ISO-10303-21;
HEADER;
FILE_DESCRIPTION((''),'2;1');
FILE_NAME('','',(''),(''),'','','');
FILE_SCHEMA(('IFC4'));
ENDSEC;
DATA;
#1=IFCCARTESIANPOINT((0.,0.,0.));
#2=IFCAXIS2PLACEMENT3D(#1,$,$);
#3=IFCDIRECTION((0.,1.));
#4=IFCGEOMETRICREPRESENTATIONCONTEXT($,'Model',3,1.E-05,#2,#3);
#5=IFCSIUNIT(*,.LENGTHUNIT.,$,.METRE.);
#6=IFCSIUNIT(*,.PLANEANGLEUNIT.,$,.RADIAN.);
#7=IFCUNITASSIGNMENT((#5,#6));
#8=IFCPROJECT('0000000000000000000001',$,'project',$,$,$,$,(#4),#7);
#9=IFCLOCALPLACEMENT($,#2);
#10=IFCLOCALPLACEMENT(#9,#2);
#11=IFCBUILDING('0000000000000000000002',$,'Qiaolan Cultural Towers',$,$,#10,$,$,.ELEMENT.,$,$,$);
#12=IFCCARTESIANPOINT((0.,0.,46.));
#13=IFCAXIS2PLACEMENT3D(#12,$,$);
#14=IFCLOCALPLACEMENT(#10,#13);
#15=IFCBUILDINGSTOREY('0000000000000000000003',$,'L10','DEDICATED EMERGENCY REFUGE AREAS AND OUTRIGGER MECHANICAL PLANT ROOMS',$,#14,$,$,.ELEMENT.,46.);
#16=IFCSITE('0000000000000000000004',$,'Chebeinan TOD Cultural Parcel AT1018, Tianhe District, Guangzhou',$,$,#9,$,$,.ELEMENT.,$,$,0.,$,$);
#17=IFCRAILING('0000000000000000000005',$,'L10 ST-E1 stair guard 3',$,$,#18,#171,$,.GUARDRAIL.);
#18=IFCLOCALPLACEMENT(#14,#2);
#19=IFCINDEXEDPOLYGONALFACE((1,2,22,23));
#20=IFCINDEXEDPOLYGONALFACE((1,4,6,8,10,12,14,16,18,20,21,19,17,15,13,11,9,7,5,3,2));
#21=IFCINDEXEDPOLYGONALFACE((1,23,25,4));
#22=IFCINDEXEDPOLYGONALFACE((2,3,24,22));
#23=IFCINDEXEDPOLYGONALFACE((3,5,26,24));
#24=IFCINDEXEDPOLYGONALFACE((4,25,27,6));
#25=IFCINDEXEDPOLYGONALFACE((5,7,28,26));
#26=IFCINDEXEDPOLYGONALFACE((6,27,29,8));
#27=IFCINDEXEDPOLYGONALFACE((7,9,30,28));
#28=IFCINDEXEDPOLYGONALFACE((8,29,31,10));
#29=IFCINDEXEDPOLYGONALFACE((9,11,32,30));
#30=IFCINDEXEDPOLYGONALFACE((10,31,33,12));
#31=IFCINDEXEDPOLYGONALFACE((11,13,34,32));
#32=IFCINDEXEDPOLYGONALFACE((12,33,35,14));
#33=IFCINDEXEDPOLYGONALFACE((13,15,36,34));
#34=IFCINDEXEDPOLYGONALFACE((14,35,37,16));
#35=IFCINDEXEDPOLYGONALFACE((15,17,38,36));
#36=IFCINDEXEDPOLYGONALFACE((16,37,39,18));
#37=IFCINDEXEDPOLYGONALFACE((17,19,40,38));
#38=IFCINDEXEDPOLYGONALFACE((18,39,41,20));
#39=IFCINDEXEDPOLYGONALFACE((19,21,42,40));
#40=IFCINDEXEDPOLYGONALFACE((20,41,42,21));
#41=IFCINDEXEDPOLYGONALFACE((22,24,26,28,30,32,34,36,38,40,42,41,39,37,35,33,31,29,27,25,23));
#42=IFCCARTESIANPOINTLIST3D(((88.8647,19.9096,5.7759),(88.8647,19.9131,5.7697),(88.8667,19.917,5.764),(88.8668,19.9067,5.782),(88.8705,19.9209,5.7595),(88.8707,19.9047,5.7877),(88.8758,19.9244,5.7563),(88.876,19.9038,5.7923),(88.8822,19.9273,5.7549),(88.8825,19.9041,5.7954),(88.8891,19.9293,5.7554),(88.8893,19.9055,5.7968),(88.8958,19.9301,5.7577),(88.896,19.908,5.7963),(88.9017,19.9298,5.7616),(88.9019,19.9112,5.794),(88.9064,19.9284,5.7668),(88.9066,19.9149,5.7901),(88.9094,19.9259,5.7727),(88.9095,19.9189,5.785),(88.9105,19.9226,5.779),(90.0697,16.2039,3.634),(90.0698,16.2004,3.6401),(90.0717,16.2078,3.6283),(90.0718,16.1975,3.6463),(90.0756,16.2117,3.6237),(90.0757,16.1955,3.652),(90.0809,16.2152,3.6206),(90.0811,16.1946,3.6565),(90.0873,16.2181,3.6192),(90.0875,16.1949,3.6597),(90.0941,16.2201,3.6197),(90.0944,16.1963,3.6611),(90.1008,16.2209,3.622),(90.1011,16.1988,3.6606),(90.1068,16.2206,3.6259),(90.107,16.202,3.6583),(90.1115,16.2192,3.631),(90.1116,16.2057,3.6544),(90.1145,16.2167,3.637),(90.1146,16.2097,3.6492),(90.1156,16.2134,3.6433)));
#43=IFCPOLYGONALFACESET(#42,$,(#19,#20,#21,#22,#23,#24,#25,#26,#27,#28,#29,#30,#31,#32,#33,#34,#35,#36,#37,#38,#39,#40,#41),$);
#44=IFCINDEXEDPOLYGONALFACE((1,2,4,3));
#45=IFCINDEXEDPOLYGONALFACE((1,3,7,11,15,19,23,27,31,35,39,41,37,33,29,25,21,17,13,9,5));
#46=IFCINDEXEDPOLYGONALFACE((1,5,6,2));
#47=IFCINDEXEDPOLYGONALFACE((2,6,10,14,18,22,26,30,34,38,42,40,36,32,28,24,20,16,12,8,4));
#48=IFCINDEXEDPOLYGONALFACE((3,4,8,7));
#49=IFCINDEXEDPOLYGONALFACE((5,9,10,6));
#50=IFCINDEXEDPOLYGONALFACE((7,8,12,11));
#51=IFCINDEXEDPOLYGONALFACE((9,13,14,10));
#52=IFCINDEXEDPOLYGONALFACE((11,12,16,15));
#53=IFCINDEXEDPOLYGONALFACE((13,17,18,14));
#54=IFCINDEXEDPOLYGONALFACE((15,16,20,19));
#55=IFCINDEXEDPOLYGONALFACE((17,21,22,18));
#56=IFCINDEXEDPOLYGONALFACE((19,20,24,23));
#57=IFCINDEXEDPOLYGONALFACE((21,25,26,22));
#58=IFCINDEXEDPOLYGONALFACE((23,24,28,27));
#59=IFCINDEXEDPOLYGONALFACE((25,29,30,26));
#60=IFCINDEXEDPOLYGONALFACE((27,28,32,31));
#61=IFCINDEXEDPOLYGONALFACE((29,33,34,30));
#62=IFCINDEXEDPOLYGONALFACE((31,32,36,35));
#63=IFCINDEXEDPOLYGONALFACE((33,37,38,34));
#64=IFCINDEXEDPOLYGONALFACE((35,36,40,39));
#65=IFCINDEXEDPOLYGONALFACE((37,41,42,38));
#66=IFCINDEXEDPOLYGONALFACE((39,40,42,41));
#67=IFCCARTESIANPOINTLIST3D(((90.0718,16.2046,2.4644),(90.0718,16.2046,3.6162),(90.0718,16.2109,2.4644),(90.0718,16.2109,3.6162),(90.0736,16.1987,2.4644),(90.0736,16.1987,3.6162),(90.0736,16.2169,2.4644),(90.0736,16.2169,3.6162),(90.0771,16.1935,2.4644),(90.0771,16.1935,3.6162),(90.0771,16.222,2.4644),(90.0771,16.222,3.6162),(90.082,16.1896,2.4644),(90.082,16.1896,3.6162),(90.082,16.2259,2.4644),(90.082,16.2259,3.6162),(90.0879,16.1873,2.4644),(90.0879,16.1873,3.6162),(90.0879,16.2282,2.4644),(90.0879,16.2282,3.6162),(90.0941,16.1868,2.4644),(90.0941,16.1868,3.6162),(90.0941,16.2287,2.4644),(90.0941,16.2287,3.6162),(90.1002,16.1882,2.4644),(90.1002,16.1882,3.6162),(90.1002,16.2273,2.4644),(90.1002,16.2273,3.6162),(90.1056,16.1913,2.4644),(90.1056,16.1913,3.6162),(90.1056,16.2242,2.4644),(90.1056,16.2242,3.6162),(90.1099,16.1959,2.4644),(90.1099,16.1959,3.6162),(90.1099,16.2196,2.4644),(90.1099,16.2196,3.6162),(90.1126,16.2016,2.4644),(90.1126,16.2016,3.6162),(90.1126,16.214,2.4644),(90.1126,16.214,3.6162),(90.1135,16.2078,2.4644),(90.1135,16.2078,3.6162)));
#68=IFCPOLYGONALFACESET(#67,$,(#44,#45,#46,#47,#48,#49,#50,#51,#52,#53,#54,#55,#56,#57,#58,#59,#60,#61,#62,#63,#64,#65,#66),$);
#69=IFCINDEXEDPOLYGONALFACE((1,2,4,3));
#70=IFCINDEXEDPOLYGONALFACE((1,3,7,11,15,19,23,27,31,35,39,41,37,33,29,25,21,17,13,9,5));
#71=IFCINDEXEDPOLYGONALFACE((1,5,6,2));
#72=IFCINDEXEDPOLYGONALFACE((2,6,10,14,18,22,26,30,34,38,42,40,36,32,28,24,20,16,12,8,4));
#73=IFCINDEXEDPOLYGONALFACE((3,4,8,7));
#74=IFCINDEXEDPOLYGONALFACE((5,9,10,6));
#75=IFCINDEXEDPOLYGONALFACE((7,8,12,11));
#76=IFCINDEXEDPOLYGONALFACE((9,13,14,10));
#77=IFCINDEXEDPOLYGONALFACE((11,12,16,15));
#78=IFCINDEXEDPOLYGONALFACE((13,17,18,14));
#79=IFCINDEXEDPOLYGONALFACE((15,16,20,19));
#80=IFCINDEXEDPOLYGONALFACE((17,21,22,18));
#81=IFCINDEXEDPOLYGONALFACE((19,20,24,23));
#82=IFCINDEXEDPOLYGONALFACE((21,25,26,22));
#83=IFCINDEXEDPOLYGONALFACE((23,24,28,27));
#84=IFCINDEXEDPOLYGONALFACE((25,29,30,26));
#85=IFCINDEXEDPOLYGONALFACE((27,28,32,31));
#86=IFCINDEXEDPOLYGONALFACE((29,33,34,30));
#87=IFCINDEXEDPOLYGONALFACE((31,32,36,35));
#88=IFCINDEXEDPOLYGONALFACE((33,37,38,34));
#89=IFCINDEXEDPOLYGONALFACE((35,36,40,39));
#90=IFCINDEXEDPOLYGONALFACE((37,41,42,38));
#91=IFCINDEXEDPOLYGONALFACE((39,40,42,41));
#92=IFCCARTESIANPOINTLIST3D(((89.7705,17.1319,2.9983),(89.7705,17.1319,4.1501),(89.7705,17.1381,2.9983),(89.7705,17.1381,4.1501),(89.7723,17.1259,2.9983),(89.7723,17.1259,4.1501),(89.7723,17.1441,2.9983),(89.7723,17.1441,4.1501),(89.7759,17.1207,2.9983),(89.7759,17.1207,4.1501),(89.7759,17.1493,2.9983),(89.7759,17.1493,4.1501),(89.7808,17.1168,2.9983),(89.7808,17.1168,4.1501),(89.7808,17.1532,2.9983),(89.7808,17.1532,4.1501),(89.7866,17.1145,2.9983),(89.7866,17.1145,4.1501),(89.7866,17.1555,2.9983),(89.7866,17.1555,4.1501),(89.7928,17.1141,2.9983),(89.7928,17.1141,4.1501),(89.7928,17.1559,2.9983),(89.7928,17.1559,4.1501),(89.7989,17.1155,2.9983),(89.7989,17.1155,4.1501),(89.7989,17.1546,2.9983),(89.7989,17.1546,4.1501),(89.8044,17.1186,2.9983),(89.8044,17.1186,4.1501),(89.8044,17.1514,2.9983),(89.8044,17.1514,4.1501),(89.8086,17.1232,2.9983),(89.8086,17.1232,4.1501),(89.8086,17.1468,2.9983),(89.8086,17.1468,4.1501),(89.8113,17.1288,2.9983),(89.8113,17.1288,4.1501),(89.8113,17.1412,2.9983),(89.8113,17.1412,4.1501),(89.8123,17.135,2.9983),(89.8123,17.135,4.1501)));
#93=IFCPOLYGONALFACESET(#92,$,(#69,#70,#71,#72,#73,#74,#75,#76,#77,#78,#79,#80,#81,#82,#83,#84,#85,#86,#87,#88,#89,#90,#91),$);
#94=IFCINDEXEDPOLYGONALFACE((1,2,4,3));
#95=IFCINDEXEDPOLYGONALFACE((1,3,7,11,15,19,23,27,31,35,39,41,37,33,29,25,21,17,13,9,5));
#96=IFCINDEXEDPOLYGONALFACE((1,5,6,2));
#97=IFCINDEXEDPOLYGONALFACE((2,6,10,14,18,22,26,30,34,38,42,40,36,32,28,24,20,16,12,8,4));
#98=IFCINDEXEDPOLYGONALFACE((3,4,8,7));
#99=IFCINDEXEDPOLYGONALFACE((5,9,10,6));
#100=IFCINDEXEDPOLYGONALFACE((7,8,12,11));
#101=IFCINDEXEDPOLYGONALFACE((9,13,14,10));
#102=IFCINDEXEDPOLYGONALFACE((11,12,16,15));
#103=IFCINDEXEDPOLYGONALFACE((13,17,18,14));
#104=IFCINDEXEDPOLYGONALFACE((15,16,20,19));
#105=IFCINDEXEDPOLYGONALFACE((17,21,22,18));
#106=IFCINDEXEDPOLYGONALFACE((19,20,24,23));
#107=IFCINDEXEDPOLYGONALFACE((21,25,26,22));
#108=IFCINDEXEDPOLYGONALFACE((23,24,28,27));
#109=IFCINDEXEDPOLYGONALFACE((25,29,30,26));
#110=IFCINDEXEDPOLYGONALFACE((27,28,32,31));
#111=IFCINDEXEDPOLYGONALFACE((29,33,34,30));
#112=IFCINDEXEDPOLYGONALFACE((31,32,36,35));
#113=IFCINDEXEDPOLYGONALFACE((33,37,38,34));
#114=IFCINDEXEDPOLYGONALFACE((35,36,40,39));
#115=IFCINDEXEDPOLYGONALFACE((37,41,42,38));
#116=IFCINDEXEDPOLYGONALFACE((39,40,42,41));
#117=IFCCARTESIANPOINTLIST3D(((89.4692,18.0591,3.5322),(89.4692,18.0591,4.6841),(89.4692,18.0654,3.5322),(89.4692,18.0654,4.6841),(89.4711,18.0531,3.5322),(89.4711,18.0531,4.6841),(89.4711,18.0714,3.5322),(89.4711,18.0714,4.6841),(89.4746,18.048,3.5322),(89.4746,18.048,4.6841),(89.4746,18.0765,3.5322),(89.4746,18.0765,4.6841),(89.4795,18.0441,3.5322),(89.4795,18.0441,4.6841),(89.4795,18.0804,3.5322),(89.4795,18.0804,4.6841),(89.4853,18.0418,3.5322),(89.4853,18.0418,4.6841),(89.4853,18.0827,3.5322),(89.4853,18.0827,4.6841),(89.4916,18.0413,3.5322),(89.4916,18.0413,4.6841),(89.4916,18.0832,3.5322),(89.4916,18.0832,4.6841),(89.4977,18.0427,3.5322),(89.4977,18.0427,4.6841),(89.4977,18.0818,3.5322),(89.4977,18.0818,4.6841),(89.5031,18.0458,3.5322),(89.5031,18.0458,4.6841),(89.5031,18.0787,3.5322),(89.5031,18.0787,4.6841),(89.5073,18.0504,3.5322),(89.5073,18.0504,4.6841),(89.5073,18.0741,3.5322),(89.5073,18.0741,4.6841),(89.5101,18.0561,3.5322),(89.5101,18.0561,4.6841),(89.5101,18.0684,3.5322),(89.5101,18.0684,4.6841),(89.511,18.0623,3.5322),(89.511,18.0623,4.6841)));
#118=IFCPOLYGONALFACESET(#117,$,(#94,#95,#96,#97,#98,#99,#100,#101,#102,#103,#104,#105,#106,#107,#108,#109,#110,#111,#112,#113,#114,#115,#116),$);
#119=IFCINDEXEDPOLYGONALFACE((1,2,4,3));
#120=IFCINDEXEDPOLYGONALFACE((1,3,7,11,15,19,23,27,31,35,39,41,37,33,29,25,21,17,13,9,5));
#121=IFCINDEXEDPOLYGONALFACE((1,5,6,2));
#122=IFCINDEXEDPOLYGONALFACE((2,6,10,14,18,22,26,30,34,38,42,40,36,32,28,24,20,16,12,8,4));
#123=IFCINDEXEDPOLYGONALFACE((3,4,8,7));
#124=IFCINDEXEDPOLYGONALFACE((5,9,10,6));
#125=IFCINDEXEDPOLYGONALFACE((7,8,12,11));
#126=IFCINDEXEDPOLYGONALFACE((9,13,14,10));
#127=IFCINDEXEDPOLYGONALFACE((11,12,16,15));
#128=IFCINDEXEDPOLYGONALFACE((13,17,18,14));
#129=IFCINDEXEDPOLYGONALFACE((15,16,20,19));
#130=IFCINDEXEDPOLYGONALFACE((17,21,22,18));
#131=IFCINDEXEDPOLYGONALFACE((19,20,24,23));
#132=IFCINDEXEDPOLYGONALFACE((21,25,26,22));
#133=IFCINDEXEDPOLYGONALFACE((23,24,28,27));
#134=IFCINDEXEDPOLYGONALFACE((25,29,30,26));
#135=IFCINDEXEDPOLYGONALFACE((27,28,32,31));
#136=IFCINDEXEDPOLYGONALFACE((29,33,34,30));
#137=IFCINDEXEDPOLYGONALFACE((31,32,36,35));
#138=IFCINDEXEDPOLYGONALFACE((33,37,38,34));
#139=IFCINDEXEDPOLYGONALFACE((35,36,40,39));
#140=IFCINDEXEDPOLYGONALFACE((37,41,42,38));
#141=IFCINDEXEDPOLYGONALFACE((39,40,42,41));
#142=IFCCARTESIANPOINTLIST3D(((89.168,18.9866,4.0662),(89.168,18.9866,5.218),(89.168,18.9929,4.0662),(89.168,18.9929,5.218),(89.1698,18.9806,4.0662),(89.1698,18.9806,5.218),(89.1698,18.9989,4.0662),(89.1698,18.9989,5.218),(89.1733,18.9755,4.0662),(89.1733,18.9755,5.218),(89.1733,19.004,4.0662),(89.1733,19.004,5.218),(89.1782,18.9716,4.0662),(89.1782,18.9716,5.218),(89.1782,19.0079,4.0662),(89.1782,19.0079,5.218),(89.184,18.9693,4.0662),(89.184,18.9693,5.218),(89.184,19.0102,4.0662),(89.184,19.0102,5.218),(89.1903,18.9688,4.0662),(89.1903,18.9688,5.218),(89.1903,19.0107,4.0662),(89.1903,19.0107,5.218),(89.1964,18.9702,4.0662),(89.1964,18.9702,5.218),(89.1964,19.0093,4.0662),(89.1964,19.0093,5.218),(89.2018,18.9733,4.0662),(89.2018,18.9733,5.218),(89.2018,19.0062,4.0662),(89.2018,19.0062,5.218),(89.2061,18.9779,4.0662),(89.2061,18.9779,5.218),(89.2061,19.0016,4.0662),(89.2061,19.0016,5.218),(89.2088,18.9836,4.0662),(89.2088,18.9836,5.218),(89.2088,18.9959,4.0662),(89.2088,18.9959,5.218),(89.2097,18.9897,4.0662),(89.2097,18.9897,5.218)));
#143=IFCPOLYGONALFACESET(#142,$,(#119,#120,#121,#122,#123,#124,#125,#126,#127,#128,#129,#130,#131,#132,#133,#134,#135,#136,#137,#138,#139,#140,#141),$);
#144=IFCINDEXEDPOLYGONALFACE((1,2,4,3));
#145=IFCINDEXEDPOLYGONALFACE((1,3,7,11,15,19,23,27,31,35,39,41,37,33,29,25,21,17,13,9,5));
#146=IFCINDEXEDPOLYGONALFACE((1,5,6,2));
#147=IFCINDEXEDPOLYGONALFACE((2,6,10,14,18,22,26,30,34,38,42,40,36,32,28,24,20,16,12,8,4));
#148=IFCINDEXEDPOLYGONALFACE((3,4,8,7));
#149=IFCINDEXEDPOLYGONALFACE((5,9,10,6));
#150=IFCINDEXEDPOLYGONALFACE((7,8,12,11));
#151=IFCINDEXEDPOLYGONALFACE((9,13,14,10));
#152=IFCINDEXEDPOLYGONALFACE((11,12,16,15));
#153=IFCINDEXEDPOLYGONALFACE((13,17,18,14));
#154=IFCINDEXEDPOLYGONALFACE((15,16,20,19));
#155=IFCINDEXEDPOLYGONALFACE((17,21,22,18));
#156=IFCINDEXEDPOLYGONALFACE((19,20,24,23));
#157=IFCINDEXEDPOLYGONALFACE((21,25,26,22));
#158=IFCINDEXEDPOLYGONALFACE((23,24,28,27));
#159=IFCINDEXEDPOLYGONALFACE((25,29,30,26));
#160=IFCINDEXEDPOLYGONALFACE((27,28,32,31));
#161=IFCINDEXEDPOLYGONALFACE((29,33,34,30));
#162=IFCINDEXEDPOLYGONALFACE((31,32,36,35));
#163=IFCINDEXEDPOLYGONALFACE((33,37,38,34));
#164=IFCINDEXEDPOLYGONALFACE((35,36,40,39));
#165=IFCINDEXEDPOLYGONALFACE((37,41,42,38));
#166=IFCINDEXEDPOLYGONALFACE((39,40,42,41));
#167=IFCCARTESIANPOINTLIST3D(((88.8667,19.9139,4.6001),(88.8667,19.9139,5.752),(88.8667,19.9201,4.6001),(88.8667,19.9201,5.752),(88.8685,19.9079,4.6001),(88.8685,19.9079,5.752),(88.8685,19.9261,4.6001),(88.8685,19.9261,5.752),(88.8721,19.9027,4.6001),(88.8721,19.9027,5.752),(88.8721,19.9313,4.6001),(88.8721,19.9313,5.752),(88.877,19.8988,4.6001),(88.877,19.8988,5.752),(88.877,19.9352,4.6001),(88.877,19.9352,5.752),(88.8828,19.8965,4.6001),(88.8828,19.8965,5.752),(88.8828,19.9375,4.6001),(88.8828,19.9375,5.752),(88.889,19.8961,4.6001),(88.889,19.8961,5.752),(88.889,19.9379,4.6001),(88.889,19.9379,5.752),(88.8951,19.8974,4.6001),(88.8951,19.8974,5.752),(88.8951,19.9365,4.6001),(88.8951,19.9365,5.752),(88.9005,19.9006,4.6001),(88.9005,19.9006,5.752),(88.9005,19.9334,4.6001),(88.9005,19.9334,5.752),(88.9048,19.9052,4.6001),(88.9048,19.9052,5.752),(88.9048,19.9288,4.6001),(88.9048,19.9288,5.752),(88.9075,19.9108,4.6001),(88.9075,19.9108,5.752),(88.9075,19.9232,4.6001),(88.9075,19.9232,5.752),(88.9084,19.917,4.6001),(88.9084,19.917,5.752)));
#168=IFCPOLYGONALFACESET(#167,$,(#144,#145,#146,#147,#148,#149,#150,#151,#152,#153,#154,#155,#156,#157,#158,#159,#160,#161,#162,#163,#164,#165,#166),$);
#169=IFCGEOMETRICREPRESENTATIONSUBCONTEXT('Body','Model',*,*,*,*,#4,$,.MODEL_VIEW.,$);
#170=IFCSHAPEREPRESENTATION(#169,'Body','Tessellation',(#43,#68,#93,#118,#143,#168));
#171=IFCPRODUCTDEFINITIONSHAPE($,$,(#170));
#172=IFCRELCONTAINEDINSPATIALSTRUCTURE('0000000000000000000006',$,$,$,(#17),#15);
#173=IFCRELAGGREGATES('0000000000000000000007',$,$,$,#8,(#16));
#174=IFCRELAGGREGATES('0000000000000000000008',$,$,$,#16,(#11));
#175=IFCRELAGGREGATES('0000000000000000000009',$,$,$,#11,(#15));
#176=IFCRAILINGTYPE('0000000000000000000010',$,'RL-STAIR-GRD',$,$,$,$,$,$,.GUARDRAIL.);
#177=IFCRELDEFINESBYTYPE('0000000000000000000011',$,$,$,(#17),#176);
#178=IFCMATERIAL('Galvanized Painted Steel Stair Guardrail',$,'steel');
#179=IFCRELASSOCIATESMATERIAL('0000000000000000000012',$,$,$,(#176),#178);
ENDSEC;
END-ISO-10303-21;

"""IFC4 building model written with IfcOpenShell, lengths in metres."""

from ifc_helpers import new_model, si_unit, direction, frame, origin, origin_2d, place, context, subcontext, project, spatial, circle, extrude, material, type_object, element, save


model = new_model("IFC4")

# Units and contexts
model_context = context("Model", 3, precision=1e-05, world=origin(), true_north=direction((0.0, 1.0)))
body_context = subcontext(model_context, "Body", "Model", "MODEL_VIEW")
ifc_project = project(units=[si_unit("LENGTHUNIT", "METRE"), si_unit("PLANEANGLEUNIT", "RADIAN")], contexts=[model_context])

# Site, building, storey
site_placement = place(None, origin())
site = spatial("IfcSite", under=ifc_project, at=site_placement, Name="Chebeinan TOD Cultural Parcel AT1018, Tianhe District, Guangzhou", CompositionType="ELEMENT", RefElevation=0.0)
building_placement = place(site_placement, origin())
building = spatial("IfcBuilding", under=site, at=building_placement, Name="Qiaolan Cultural Towers", CompositionType="ELEMENT")
storey_placement = place(building_placement, frame((0.0, 0.0, 46.0)))
storey = spatial("IfcBuildingStorey", under=building, at=storey_placement, Name="L10", Description="DEDICATED EMERGENCY REFUGE AREAS AND OUTRIGGER MECHANICAL PLANT ROOMS", CompositionType="ELEMENT", Elevation=46.0)

# Railing
ifc_material_1 = material(Name="Galvanized Painted Steel Stair Guardrail", Category="steel")
railing_type_1 = type_object("IfcRailingType", Name="RL-STAIR-GRD", PredefinedType="GUARDRAIL", material=ifc_material_1)
railing_1_placement = place(storey_placement, frame((90.0925, 16.2078, 2.4644)))
element("IfcRailing", 1, at=railing_1_placement, inside=storey, type_object=railing_type_1, Name="L10 ST-E1 stair guard 3", PredefinedType="GUARDRAIL", context=body_context, shape_type="SweptSolid", body=[
    extrude(circle(Radius=0.0239, at=origin_2d()), frame((0.0, 0.0, 1.1758), z_axis=(-0.271013, 0.834177, 0.480312), x_axis=(-0.951066, -0.308988, 0.0)), (0.0, 0.0, 1.0), 4.4465),
    extrude(circle(Radius=0.021, at=origin_2d()), origin(), (0.0, 0.0, 1.0), 1.1519),
    extrude(circle(Radius=0.021, at=origin_2d()), frame((-0.3013, 0.9272, 0.5339)), (0.0, 0.0, 1.0), 1.1519),
    extrude(circle(Radius=0.021, at=origin_2d()), frame((-0.6025, 1.8545, 1.0679)), (0.0, 0.0, 1.0), 1.1519),
    extrude(circle(Radius=0.021, at=origin_2d()), frame((-0.9038, 2.782, 1.6018)), (0.0, 0.0, 1.0), 1.1519),
    extrude(circle(Radius=0.021, at=origin_2d()), frame((-1.2051, 3.7092, 2.1357)), (0.0, 0.0, 1.0), 1.1519),
])

save(model, "model.ifc")
